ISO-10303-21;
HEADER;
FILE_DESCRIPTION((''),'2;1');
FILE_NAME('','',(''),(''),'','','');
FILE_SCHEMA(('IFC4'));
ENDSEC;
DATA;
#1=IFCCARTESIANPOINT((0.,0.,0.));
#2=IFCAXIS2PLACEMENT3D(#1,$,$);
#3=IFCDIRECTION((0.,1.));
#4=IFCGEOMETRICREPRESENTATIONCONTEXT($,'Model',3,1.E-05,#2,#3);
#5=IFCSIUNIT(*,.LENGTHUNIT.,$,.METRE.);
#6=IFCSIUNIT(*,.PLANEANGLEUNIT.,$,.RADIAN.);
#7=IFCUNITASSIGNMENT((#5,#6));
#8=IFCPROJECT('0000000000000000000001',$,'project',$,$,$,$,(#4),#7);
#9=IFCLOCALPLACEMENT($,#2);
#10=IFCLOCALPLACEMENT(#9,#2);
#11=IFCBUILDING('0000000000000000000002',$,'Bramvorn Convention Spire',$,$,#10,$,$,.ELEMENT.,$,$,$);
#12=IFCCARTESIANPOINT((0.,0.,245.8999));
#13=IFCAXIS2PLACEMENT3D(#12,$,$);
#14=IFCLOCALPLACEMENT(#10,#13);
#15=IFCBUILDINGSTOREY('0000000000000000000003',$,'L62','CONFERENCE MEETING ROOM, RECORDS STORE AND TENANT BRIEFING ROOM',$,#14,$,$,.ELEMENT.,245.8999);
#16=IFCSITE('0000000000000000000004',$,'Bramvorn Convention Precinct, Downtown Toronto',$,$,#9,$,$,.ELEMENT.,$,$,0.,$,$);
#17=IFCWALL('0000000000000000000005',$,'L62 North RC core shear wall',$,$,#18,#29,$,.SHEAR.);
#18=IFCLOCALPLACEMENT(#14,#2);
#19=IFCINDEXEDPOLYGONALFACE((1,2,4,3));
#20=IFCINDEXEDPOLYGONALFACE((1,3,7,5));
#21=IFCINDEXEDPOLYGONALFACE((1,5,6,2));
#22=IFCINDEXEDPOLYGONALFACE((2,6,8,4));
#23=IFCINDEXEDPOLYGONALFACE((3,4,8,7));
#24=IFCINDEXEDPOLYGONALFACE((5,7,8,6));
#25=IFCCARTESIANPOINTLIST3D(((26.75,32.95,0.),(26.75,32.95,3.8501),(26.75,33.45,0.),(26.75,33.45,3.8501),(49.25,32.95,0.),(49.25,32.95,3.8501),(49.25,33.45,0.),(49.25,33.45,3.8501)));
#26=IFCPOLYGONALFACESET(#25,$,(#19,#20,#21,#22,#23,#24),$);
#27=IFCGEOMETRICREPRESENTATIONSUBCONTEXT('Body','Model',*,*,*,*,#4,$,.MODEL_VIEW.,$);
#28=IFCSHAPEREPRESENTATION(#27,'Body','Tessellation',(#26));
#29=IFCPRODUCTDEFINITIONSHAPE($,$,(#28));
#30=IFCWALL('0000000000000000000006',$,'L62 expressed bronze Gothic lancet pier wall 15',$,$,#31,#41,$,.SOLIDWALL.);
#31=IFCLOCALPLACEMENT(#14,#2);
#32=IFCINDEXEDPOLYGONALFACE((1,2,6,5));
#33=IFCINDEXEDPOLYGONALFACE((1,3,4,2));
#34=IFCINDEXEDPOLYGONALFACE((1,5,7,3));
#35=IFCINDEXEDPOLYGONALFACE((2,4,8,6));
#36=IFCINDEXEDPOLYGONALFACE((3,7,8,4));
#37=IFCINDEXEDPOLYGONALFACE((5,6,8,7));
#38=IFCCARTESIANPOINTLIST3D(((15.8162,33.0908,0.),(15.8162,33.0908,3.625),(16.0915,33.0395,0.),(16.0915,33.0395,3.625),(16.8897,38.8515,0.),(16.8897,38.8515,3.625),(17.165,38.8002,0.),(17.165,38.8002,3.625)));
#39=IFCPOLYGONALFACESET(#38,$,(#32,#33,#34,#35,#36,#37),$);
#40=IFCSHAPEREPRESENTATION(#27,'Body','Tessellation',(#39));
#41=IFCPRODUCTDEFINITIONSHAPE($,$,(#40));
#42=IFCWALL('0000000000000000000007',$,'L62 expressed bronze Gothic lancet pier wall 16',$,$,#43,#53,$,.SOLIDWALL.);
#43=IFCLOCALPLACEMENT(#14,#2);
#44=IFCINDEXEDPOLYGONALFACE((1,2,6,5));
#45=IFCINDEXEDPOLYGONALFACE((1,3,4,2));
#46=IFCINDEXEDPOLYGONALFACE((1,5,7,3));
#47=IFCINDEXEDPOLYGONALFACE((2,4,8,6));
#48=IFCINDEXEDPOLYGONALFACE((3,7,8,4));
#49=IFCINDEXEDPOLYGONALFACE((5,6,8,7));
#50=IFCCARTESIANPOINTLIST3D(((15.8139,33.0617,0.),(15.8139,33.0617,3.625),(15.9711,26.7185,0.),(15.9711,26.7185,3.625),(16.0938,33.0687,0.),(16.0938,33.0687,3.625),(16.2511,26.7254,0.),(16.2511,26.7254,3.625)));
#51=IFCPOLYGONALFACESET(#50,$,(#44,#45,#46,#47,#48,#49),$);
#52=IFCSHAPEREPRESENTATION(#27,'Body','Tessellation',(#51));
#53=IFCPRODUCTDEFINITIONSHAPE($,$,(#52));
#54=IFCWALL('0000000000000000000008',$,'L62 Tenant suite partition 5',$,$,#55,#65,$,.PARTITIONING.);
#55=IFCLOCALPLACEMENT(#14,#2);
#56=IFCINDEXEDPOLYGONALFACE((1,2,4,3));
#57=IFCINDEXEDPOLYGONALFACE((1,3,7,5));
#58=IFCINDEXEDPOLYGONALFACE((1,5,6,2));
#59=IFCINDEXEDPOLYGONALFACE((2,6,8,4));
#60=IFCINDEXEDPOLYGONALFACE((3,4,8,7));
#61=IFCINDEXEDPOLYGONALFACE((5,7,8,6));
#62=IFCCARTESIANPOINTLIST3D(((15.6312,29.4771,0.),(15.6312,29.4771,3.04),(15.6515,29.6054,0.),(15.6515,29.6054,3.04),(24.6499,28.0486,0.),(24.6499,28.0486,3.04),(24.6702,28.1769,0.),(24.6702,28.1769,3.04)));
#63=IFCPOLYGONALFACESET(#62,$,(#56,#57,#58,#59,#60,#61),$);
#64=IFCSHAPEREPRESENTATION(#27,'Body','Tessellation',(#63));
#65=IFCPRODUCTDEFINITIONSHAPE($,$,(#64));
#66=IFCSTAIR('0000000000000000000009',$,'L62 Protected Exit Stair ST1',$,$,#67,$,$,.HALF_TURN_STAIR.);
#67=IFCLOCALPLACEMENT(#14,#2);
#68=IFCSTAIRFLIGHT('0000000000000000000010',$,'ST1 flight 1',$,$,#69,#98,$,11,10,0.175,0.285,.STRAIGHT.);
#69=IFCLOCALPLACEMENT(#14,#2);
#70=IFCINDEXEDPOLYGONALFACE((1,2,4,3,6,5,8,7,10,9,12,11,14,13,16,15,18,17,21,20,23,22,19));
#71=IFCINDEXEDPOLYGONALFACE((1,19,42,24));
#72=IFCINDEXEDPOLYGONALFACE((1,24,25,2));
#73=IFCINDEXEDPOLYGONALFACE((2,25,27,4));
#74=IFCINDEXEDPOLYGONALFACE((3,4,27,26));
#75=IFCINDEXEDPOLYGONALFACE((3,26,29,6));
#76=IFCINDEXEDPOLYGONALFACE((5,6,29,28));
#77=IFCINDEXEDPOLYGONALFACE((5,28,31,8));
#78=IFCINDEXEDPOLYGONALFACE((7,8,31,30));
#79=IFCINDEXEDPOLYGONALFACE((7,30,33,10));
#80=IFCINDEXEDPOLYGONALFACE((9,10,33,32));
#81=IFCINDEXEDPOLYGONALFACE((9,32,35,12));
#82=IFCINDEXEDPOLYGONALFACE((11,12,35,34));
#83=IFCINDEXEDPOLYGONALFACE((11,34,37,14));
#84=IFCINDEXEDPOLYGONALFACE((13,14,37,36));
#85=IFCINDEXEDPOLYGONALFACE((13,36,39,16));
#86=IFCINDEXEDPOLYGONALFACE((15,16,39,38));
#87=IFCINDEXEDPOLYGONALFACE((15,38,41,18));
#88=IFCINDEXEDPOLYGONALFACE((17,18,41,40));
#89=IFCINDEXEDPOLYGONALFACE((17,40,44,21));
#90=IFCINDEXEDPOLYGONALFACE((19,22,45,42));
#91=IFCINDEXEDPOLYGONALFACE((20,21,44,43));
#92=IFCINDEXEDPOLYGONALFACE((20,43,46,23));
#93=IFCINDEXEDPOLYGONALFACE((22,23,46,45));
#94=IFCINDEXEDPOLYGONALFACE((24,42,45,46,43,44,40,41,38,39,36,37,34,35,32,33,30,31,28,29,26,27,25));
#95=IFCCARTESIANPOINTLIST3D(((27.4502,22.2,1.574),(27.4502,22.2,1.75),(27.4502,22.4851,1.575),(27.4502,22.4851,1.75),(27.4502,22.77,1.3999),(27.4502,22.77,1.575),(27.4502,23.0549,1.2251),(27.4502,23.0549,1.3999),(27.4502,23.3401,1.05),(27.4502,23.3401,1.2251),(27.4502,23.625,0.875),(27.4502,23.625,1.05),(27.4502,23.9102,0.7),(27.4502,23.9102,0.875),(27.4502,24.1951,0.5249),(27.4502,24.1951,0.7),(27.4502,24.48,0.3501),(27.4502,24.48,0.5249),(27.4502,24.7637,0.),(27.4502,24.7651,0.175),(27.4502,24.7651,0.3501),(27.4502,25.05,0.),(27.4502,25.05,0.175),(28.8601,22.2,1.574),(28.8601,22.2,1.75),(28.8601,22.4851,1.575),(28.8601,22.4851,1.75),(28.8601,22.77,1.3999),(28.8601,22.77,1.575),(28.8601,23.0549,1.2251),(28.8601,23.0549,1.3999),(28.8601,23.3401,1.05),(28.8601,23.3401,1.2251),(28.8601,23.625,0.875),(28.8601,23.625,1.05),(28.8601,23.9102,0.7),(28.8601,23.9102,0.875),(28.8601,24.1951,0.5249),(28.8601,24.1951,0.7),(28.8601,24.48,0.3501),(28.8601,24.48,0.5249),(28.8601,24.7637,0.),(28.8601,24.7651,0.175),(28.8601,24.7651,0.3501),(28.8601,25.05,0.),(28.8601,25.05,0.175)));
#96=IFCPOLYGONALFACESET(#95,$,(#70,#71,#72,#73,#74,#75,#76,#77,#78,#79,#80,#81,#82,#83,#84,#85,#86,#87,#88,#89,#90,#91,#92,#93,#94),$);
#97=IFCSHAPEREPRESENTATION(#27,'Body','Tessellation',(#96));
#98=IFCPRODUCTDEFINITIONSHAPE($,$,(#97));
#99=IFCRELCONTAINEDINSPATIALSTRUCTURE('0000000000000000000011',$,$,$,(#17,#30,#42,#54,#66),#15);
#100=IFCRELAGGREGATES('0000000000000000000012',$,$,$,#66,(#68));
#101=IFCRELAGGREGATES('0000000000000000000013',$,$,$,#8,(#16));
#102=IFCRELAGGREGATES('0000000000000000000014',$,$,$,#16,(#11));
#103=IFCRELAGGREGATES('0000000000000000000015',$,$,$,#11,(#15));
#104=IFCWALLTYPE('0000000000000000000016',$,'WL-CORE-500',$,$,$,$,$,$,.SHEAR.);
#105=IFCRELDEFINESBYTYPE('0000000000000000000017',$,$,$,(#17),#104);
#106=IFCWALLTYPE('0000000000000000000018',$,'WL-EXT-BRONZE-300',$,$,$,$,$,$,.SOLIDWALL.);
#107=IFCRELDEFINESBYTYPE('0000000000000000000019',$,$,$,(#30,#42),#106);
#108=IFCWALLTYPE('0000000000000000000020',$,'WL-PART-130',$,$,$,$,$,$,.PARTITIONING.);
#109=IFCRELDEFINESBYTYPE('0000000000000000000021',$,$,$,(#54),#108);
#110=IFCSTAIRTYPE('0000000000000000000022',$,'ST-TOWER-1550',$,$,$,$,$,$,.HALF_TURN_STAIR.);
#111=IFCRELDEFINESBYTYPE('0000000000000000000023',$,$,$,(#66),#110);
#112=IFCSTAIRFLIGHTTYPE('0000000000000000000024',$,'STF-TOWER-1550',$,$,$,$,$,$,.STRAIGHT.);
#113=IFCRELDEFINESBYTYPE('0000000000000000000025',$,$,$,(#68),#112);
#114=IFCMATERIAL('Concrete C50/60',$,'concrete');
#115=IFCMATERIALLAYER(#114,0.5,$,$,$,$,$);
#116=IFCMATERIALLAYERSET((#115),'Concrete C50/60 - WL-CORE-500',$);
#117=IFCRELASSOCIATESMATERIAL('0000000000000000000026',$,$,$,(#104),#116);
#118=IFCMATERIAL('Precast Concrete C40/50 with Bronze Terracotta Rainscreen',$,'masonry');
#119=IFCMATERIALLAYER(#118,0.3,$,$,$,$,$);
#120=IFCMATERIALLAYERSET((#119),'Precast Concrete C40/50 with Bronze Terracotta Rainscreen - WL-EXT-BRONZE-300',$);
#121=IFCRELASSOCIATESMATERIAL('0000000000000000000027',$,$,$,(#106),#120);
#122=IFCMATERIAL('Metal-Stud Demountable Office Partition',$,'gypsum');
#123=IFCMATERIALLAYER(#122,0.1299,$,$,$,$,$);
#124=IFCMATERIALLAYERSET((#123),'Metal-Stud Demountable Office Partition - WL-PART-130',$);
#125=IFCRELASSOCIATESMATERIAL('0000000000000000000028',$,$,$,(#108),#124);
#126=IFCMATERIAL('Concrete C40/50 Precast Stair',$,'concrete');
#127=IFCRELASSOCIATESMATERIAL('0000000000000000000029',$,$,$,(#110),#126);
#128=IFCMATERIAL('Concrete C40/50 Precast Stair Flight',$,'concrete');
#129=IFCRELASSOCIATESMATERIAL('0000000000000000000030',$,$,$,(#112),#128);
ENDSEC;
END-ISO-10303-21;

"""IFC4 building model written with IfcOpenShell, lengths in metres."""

from ifc_helpers import new_model, si_unit, direction, frame, frame_2d, origin, place, context, subcontext, project, spatial, polyline, rectangle, outline, extrude, material, layer, layer_set, type_object, element, aggregate, save


model = new_model("IFC4")

# Units and contexts
model_context = context("Model", 3, precision=1e-05, world=origin(), true_north=direction((0.0, 1.0)))
body_context = subcontext(model_context, "Body", "Model", "MODEL_VIEW")
ifc_project = project(units=[si_unit("LENGTHUNIT", "METRE"), si_unit("PLANEANGLEUNIT", "RADIAN")], contexts=[model_context])

# Site, building, storey
site_placement = place(None, origin())
site = spatial("IfcSite", under=ifc_project, at=site_placement, Name="Bramvorn Convention Precinct, Downtown Toronto", CompositionType="ELEMENT", RefElevation=0.0)
building_placement = place(site_placement, origin())
building = spatial("IfcBuilding", under=site, at=building_placement, Name="Bramvorn Convention Spire", CompositionType="ELEMENT")
storey_placement = place(building_placement, frame((0.0, 0.0, 245.8999)))
storey = spatial("IfcBuildingStorey", under=building, at=storey_placement, Name="L62", Description="CONFERENCE MEETING ROOM, RECORDS STORE AND TENANT BRIEFING ROOM", CompositionType="ELEMENT", Elevation=245.8999)

# Wall
ifc_material_1 = material(Name="Concrete C50/60", Category="concrete")
ifc_layer_1 = layer(ifc_material_1, 0.5)
ifc_layer_set_1 = layer_set([ifc_layer_1], Name="Concrete C50/60 - WL-CORE-500")
wall_type_1 = type_object("IfcWallType", Name="WL-CORE-500", PredefinedType="SHEAR", material=ifc_layer_set_1)
wall_1_placement = place(storey_placement, frame((26.75, 33.2, 0.0), z_axis=(0.0, 0.0, 1.0), x_axis=(1.0, 0.0, 0.0)))
element("IfcWall", 1, at=wall_1_placement, inside=storey, type_object=wall_type_1, Name="L62 North RC core shear wall", PredefinedType="SHEAR", context=body_context, shape_type="SweptSolid", body=[
    extrude(rectangle(XDim=22.5, YDim=0.5, at=frame_2d((11.25, 0.0))), origin(), (0.0, 0.0, 1.0), 3.8501),
])

# Walls
ifc_material_2 = material(Name="Precast Concrete C40/50 with Bronze Terracotta Rainscreen", Category="masonry")
ifc_layer_2 = layer(ifc_material_2, 0.3)
ifc_layer_set_2 = layer_set([ifc_layer_2], Name="Precast Concrete C40/50 with Bronze Terracotta Rainscreen - WL-EXT-BRONZE-300")
wall_type_2 = type_object("IfcWallType", Name="WL-EXT-BRONZE-300", PredefinedType="SOLIDWALL", material=ifc_layer_set_2)
wall_2_placement = place(storey_placement, frame((15.9539, 33.0652, 0.0), z_axis=(0.0, 0.0, 1.0), x_axis=(0.183192, 0.983077, 0.0)))
element("IfcWall", 2, at=wall_2_placement, inside=storey, type_object=wall_type_2, Name="L62 expressed bronze Gothic lancet pier wall 15", PredefinedType="SOLIDWALL", context=body_context, shape_type="SweptSolid", body=[
    extrude(rectangle(XDim=5.8599, YDim=0.28, at=frame_2d((2.9299, 0.0))), origin(), (0.0, 0.0, 1.0), 3.625),
])
wall_3_placement = place(storey_placement, frame((16.1111, 26.7219, 0.0), z_axis=(0.0, 0.0, 1.0), x_axis=(-0.024779, 0.999693, 0.0)))
element("IfcWall", 3, at=wall_3_placement, inside=storey, type_object=wall_type_2, Name="L62 expressed bronze Gothic lancet pier wall 16", PredefinedType="SOLIDWALL", context=body_context, shape_type="SweptSolid", body=[
    extrude(rectangle(XDim=6.3452, YDim=0.28, at=frame_2d((3.1726, 0.0))), origin(), (0.0, 0.0, 1.0), 3.625),
])
ifc_material_3 = material(Name="Metal-Stud Demountable Office Partition", Category="gypsum")
ifc_layer_3 = layer(ifc_material_3, 0.1299)
ifc_layer_set_3 = layer_set([ifc_layer_3], Name="Metal-Stud Demountable Office Partition - WL-PART-130")
wall_type_3 = type_object("IfcWallType", Name="WL-PART-130", PredefinedType="PARTITIONING", material=ifc_layer_set_3)
wall_4_placement = place(storey_placement, frame((24.6599, 28.1128, 0.0), z_axis=(0.0, 0.0, 1.0), x_axis=(-0.987688, 0.156438, 0.0)))
element("IfcWall", 4, at=wall_4_placement, inside=storey, type_object=wall_type_3, Name="L62 Tenant suite partition 5", PredefinedType="PARTITIONING", context=body_context, shape_type="SweptSolid", body=[
    extrude(rectangle(XDim=9.1311, YDim=0.1299, at=frame_2d((4.5654, 0.0))), origin(), (0.0, 0.0, 1.0), 3.04),
])

# Stair, stair flight
ifc_material_4 = material(Name="Concrete C40/50 Precast Stair", Category="concrete")
stair_type = type_object("IfcStairType", Name="ST-TOWER-1550", PredefinedType="HALF_TURN_STAIR", material=ifc_material_4)
stair_placement = place(storey_placement, origin())
stair = element("IfcStair", 5, at=stair_placement, inside=storey, type_object=stair_type, Name="L62 Protected Exit Stair ST1", PredefinedType="HALF_TURN_STAIR")
ifc_material_5 = material(Name="Concrete C40/50 Precast Stair Flight", Category="concrete")
stair_flight_type = type_object("IfcStairFlightType", Name="STF-TOWER-1550", PredefinedType="STRAIGHT", material=ifc_material_5)
stair_flight_placement = place(storey_placement, frame((28.155, 25.05, 0.0), z_axis=(0.0, 0.0, 1.0), x_axis=(0.0, -1.0, 0.0)))
stair_flight = element("IfcStairFlight", 6, at=stair_flight_placement, type_object=stair_flight_type, Name="ST1 flight 1", NumberOfRisers=11, NumberOfTreads=10, PredefinedType="STRAIGHT", RiserHeight=0.175, TreadLength=0.285, context=body_context, shape_type="SweptSolid", body=[
    extrude(outline(polyline([(0.0, 0.0), (0.0, 0.175), (0.2849, 0.175), (0.2849, 0.3501), (0.5701, 0.3501), (0.5701, 0.5249), (0.855, 0.5249), (0.855, 0.7), (1.1399, 0.7), (1.1399, 0.875), (1.425, 0.875), (1.425, 1.05), (1.71, 1.05), (1.71, 1.2251), (1.9951, 1.2251), (1.9951, 1.3999), (2.28, 1.3999), (2.28, 1.575), (2.5649, 1.575), (2.5649, 1.75), (2.8501, 1.75), (2.8501, 1.925), (2.8501, 1.574), (0.2864, 0.0), (0.0, 0.0)])), frame((0.0, 0.7051, 0.0), z_axis=(0.0, -1.0, 0.0), x_axis=(1.0, 0.0, 0.0)), (0.0, 0.0, 1.0), 1.4099),
])
aggregate(stair, [stair_flight])

save(model, "model.ifc")
